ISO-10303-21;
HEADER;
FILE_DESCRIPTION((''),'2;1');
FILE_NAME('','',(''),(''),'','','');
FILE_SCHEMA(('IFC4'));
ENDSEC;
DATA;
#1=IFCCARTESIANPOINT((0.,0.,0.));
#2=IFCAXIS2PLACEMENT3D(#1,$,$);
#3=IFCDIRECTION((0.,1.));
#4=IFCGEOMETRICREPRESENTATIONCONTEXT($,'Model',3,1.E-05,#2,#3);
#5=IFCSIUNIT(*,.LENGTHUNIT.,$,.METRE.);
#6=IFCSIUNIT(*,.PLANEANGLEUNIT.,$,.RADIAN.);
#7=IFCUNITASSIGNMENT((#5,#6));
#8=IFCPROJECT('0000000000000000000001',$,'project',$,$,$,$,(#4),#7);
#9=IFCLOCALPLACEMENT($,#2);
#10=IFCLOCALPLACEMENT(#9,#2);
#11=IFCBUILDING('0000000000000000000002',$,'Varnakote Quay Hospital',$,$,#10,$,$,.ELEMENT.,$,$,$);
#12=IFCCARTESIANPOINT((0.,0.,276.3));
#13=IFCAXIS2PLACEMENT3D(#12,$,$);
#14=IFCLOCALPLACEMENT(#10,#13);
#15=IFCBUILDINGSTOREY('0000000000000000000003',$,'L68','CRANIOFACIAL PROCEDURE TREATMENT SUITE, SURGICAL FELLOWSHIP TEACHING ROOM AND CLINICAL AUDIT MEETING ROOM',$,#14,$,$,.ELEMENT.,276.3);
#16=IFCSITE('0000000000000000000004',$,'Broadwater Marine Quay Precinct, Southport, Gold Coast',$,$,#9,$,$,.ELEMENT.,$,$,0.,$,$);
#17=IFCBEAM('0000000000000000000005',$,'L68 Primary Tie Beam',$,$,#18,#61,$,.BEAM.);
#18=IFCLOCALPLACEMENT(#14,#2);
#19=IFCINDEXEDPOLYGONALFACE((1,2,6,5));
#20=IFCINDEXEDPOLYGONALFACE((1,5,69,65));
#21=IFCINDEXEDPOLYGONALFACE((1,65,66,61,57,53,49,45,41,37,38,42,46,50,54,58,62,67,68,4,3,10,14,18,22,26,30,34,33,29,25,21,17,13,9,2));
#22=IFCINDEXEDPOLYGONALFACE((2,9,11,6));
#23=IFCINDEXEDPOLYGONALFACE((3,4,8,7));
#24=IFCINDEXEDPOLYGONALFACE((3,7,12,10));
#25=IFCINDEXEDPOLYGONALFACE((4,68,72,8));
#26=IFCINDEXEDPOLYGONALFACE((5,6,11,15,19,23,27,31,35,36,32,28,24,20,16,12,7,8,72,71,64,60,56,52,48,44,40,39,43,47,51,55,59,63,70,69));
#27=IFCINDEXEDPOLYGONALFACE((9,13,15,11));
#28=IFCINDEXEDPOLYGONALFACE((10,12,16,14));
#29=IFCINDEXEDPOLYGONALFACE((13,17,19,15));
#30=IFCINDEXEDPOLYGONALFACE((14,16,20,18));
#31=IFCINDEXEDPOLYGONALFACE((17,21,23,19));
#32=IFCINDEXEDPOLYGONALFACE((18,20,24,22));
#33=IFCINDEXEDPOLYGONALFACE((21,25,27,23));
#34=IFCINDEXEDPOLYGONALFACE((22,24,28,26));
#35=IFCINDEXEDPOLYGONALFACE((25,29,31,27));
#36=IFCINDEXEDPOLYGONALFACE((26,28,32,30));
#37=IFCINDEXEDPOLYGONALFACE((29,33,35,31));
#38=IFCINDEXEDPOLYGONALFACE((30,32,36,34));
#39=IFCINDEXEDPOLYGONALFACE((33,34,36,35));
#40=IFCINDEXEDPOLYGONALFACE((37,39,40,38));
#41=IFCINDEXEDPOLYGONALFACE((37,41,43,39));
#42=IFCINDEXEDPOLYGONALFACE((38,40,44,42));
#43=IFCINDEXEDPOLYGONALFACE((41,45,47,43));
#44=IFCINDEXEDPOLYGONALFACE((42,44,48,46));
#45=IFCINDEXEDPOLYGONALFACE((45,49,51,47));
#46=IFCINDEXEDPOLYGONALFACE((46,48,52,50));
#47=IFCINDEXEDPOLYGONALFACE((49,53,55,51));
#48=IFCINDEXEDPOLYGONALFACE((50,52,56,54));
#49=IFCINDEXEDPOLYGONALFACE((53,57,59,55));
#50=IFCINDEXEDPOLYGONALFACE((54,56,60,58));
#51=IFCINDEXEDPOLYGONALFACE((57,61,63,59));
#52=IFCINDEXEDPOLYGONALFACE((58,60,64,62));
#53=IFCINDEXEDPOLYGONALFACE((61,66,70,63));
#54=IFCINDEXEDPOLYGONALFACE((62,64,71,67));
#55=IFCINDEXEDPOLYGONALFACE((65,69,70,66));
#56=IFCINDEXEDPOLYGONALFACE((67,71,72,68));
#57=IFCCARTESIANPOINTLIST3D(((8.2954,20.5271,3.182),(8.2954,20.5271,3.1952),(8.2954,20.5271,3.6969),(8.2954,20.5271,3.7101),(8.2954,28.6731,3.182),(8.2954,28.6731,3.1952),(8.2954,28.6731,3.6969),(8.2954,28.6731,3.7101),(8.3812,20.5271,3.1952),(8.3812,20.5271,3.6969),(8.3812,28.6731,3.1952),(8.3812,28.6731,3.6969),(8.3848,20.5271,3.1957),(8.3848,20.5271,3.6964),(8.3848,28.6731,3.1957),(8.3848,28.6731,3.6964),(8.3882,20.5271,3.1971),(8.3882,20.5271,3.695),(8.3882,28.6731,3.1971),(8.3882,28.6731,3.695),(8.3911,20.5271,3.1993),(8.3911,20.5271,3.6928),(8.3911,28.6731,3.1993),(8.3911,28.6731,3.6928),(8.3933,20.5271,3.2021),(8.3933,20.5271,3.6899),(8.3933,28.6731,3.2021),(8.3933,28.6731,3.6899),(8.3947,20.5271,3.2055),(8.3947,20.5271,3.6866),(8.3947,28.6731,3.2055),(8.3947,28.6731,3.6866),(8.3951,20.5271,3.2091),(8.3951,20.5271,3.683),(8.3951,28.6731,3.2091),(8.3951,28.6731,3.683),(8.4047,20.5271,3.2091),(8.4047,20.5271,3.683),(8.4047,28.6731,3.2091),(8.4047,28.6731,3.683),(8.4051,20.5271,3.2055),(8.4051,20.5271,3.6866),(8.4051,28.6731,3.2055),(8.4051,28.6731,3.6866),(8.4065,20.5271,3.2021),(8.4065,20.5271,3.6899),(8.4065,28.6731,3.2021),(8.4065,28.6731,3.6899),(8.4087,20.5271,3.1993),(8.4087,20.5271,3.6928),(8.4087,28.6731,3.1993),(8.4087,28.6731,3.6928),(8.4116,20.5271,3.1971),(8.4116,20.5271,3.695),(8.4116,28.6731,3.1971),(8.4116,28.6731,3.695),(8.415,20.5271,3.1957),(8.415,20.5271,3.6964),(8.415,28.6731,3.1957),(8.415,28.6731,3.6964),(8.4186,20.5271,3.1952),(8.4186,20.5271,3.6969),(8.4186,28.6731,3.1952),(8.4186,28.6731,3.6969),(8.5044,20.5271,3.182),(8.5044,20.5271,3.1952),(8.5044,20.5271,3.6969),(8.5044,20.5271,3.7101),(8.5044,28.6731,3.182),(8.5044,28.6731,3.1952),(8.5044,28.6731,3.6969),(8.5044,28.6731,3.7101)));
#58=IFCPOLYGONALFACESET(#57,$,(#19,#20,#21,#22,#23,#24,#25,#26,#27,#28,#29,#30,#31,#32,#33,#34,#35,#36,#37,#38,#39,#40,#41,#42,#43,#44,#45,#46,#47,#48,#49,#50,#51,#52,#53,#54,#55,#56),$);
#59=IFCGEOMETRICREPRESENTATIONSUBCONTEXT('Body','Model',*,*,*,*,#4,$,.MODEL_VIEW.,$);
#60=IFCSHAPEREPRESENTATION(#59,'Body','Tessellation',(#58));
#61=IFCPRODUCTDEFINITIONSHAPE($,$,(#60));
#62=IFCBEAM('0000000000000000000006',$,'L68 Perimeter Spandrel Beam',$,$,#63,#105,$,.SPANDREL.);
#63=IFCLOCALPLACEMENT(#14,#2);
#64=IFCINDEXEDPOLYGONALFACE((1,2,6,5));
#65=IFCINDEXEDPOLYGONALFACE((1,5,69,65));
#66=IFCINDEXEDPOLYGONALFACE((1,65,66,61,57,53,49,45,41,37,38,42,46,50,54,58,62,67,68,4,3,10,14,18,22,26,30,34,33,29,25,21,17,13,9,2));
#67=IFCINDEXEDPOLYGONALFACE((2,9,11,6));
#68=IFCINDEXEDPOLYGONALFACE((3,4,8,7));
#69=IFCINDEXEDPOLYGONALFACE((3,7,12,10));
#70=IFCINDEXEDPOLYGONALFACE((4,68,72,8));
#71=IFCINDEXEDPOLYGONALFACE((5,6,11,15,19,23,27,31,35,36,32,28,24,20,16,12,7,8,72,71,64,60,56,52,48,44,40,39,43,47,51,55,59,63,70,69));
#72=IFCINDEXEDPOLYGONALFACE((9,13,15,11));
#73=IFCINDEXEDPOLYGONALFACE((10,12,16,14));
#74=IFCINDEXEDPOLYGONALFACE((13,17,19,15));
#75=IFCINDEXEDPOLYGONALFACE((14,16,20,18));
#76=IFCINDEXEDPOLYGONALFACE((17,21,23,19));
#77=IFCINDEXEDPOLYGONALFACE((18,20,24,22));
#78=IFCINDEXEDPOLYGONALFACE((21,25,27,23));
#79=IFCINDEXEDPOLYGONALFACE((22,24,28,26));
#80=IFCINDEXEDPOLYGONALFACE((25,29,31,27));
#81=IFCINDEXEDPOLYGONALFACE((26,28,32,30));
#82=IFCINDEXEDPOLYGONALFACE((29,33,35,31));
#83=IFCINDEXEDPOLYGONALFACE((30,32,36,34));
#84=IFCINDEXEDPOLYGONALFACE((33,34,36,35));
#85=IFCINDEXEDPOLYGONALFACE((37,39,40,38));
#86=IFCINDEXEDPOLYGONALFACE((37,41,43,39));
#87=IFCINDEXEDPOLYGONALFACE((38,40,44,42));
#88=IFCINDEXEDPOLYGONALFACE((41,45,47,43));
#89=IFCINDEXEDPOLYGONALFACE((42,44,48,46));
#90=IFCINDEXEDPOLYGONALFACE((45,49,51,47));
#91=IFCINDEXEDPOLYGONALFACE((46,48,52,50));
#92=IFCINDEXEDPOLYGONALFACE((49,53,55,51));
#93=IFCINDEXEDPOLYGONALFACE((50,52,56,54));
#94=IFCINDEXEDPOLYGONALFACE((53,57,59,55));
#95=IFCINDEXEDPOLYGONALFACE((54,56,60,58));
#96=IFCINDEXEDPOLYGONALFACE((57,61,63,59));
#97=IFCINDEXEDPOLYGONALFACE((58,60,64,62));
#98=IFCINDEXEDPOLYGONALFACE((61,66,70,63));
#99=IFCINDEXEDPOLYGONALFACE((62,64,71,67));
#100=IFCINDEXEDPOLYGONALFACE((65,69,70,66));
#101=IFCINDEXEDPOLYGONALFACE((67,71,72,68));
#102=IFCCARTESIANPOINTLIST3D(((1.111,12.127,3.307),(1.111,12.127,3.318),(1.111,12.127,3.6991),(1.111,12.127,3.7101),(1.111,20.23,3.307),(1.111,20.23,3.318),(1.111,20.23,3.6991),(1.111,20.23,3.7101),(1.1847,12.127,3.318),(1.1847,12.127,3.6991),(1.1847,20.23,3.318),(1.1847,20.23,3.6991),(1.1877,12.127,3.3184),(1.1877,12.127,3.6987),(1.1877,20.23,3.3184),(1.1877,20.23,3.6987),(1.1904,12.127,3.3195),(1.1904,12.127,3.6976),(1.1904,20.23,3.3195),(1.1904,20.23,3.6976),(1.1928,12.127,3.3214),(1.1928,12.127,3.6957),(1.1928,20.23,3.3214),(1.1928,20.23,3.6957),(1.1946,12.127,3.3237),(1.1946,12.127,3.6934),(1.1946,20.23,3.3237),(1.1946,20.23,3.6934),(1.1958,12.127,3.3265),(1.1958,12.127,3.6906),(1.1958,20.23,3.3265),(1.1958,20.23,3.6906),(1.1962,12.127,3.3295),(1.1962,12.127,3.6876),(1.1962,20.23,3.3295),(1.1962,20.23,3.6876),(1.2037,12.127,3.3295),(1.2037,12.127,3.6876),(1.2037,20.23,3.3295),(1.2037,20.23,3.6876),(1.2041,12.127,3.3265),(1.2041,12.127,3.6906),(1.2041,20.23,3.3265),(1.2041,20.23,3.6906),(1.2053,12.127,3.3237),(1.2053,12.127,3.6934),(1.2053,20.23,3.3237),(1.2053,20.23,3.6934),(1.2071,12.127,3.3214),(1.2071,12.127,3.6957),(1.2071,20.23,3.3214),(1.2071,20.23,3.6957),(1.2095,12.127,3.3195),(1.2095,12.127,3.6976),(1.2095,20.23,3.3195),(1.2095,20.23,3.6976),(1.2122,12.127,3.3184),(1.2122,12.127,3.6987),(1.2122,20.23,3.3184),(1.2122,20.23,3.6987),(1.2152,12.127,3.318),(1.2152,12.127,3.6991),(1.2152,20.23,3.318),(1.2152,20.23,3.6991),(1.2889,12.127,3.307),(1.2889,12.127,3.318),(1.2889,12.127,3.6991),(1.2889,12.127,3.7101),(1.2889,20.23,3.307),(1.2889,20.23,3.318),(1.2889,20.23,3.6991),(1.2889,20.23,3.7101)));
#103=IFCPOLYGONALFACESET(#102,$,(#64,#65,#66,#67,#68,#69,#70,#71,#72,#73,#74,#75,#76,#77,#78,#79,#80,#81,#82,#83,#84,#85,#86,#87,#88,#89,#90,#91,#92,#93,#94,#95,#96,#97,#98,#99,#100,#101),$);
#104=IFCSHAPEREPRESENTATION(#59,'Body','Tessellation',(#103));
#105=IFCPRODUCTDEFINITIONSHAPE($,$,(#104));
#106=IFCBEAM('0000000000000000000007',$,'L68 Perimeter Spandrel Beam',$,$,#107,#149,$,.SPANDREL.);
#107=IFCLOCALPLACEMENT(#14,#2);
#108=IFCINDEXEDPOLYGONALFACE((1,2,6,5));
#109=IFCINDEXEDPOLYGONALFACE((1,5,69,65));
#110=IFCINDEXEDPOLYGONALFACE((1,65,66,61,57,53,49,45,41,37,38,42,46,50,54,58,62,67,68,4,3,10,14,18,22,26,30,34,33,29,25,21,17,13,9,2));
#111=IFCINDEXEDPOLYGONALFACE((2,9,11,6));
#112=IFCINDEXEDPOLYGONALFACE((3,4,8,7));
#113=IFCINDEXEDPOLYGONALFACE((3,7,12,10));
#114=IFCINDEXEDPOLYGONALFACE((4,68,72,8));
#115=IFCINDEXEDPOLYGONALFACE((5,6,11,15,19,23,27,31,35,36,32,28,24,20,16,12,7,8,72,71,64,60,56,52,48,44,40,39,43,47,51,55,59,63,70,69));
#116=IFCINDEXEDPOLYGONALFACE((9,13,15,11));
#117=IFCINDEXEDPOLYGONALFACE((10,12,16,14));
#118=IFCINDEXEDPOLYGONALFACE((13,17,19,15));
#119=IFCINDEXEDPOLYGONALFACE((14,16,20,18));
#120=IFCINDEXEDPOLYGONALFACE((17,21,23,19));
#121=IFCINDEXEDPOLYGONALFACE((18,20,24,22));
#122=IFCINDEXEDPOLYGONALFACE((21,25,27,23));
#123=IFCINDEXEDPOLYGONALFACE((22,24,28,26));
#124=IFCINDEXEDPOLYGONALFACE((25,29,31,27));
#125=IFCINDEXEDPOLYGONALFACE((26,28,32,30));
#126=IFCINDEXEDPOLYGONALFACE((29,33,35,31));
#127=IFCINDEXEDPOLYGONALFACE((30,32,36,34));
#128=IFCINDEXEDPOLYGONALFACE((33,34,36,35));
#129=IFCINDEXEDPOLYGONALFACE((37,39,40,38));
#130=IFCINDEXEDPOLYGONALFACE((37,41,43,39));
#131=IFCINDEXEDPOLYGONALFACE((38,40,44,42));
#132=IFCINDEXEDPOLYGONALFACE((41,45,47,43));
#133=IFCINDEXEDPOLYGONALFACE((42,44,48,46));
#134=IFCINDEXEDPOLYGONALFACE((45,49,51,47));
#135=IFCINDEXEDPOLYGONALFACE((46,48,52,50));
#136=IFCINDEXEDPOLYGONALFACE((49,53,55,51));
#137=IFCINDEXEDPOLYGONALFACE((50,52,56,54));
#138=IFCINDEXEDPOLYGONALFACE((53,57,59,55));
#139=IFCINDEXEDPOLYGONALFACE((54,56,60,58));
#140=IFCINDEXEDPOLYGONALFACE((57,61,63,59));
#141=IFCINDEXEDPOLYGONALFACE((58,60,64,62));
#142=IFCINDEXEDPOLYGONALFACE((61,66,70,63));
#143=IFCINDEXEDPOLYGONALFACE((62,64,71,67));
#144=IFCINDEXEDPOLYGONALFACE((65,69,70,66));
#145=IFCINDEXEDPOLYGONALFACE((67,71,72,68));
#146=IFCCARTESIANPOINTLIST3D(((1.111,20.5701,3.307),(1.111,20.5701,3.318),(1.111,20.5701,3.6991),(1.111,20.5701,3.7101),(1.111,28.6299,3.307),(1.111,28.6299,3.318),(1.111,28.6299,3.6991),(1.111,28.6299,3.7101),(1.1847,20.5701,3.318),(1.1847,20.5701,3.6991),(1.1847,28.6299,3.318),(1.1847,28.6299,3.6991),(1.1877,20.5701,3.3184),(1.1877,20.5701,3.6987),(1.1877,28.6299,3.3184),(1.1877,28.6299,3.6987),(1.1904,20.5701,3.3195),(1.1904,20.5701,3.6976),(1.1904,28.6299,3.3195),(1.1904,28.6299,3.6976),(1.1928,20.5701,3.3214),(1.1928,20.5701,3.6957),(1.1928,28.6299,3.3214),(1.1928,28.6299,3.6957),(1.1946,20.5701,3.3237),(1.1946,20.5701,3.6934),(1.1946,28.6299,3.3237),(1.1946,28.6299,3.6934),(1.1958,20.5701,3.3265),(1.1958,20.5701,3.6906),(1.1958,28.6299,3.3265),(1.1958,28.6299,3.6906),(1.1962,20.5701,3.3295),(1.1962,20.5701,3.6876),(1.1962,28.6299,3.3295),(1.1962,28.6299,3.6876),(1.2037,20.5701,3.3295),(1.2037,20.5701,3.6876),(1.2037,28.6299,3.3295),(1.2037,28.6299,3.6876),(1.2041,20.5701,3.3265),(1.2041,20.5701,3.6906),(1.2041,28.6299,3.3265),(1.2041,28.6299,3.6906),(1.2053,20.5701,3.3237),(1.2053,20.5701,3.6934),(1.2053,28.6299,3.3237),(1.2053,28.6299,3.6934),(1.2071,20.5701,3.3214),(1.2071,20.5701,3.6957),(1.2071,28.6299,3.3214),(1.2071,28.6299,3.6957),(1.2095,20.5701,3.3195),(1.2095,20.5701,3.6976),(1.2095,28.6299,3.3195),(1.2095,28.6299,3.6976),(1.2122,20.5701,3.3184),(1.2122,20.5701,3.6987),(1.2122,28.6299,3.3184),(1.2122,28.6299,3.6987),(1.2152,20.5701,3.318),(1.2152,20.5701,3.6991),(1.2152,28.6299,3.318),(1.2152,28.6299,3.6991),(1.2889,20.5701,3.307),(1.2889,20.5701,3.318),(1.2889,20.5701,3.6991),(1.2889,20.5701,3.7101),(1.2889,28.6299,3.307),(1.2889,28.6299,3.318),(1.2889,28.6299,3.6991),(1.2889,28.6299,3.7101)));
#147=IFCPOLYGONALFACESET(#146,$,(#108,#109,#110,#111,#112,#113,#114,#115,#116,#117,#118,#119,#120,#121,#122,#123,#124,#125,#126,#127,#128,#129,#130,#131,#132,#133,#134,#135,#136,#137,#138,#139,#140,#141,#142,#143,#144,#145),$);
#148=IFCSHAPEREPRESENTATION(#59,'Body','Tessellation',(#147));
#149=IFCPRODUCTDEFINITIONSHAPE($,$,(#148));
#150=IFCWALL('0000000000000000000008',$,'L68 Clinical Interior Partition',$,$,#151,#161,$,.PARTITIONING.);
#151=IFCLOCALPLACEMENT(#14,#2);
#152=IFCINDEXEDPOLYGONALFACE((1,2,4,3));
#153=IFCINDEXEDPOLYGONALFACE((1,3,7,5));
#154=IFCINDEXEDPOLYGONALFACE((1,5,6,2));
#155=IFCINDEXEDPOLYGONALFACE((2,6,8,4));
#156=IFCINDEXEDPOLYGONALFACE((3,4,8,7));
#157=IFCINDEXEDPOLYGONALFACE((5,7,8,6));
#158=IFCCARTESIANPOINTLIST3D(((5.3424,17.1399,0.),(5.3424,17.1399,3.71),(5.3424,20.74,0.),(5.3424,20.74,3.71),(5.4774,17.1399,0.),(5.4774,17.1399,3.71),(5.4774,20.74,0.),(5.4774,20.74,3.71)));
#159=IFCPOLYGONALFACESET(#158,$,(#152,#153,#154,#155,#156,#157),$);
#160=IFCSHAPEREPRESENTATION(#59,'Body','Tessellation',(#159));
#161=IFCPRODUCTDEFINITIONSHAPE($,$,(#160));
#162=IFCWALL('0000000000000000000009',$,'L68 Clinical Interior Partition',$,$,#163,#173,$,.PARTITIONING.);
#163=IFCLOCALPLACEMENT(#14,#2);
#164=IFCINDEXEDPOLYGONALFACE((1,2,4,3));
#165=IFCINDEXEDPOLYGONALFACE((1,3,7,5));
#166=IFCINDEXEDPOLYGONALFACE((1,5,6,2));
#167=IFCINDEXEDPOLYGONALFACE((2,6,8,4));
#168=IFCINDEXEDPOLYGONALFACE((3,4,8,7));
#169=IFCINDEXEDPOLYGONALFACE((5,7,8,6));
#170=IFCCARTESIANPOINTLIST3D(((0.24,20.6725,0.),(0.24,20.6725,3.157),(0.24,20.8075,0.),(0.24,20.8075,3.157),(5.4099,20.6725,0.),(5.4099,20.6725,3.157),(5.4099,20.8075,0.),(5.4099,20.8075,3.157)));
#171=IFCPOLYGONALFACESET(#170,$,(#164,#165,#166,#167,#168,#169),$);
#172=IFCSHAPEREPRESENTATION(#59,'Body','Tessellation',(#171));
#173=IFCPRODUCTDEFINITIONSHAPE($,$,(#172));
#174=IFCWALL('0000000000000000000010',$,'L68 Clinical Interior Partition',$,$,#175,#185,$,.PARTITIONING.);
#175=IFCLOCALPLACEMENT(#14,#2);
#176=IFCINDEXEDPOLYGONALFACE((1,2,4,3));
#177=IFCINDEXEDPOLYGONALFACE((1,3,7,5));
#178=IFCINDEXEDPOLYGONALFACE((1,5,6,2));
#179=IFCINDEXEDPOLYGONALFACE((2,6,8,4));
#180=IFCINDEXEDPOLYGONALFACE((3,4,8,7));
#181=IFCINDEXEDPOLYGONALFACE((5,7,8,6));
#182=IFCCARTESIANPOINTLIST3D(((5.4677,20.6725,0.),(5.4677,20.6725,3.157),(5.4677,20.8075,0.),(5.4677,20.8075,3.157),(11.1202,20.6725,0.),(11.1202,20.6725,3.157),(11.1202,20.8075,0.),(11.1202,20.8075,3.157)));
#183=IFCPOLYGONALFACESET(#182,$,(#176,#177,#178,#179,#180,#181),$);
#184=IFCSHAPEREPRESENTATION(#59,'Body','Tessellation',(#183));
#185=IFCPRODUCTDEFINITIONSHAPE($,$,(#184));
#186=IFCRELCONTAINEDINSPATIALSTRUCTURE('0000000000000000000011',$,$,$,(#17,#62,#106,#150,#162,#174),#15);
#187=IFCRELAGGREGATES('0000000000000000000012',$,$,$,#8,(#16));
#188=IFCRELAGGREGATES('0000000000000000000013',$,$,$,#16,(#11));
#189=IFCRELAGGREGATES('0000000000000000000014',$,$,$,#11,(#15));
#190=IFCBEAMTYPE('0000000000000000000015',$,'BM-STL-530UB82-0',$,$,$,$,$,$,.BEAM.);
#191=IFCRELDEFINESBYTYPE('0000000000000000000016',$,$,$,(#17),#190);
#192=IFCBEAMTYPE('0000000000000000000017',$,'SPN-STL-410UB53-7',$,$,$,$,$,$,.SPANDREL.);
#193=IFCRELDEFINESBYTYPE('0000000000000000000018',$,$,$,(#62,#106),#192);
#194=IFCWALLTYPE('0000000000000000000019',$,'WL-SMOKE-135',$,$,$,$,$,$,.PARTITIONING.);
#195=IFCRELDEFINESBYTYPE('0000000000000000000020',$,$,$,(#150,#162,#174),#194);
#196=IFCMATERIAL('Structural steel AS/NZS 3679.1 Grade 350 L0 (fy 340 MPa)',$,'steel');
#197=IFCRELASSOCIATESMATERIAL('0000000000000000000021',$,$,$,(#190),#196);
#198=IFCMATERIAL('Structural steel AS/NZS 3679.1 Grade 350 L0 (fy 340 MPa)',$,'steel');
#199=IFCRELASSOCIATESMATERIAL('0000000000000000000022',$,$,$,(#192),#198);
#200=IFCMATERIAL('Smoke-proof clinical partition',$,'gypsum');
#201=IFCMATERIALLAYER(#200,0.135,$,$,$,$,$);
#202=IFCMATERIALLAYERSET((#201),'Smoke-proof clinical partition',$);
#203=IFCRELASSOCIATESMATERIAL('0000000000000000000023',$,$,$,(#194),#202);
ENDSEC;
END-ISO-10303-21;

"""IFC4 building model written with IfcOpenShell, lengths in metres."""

from ifc_helpers import new_model, si_unit, direction, frame, frame_2d, origin, origin_2d, place, context, subcontext, project, spatial, rectangle, i_section, extrude, material, layer, layer_set, material_profile, profile_set, type_object, element, save


model = new_model("IFC4")

# Units and contexts
model_context = context("Model", 3, precision=1e-05, world=origin(), true_north=direction((0.0, 1.0)))
body_context = subcontext(model_context, "Body", "Model", "MODEL_VIEW")
ifc_project = project(units=[si_unit("LENGTHUNIT", "METRE"), si_unit("PLANEANGLEUNIT", "RADIAN")], contexts=[model_context])

# Site, building, storey
site_placement = place(None, origin())
site = spatial("IfcSite", under=ifc_project, at=site_placement, Name="Broadwater Marine Quay Precinct, Southport, Gold Coast", CompositionType="ELEMENT", RefElevation=0.0)
building_placement = place(site_placement, origin())
building = spatial("IfcBuilding", under=site, at=building_placement, Name="Varnakote Quay Hospital", CompositionType="ELEMENT")
storey_placement = place(building_placement, frame((0.0, 0.0, 276.3)))
storey = spatial("IfcBuildingStorey", under=building, at=storey_placement, Name="L68", Description="CRANIOFACIAL PROCEDURE TREATMENT SUITE, SURGICAL FELLOWSHIP TEACHING ROOM AND CLINICAL AUDIT MEETING ROOM", CompositionType="ELEMENT", Elevation=276.3)

# Beams
ifc_material_1 = material(Name="Structural steel AS/NZS 3679.1 Grade 350 L0 (fy 340 MPa)", Category="steel")
ifc_material_profile_1 = material_profile(ifc_material_1, i_section(OverallWidth=0.209, OverallDepth=0.5281, WebThickness=0.0095, FlangeThickness=0.0132, FilletRadius=0.0139, at=origin_2d()), Name="530UB82.0")
ifc_profile_set_1 = profile_set([ifc_material_profile_1], Name="Structural steel AS/NZS 3679.1 Grade 350 L0 (fy 340 MPa)")
beam_type_1 = type_object("IfcBeamType", Name="BM-STL-530UB82-0", PredefinedType="BEAM", material=ifc_profile_set_1)
beam_1_placement = place(storey_placement, frame((8.3999, 20.5271, 3.446), z_axis=(0.0, 1.0, 0.0), x_axis=(-1.0, 0.0, 0.0)))
element("IfcBeam", 1, at=beam_1_placement, inside=storey, type_object=beam_type_1, Name="L68 Primary Tie Beam", PredefinedType="BEAM", context=body_context, shape_type="SweptSolid", body=[
    extrude(i_section(OverallWidth=0.209, OverallDepth=0.5281, WebThickness=0.0095, FlangeThickness=0.0132, FilletRadius=0.0139, at=origin_2d()), origin(), (0.0, 0.0, 1.0), 8.146),
])
ifc_material_2 = material(Name="Structural steel AS/NZS 3679.1 Grade 350 L0 (fy 340 MPa)", Category="steel")
ifc_material_profile_2 = material_profile(ifc_material_2, i_section(OverallWidth=0.178, OverallDepth=0.4031, WebThickness=0.0076, FlangeThickness=0.011, FilletRadius=0.0115, at=origin_2d()), Name="410UB53.7")
ifc_profile_set_2 = profile_set([ifc_material_profile_2], Name="Structural steel AS/NZS 3679.1 Grade 350 L0 (fy 340 MPa)")
beam_type_2 = type_object("IfcBeamType", Name="SPN-STL-410UB53-7", PredefinedType="SPANDREL", material=ifc_profile_set_2)
beam_2_placement = place(storey_placement, frame((1.2, 12.127, 3.5085), z_axis=(0.0, 1.0, 0.0), x_axis=(-1.0, 0.0, 0.0)))
element("IfcBeam", 2, at=beam_2_placement, inside=storey, type_object=beam_type_2, Name="L68 Perimeter Spandrel Beam", PredefinedType="SPANDREL", context=body_context, shape_type="SweptSolid", body=[
    extrude(i_section(OverallWidth=0.178, OverallDepth=0.4031, WebThickness=0.0076, FlangeThickness=0.011, FilletRadius=0.0115, at=origin_2d()), origin(), (0.0, 0.0, 1.0), 8.103),
])
beam_3_placement = place(storey_placement, frame((1.2, 20.5701, 3.5085), z_axis=(0.0, 1.0, 0.0), x_axis=(-1.0, 0.0, 0.0)))
element("IfcBeam", 3, at=beam_3_placement, inside=storey, type_object=beam_type_2, Name="L68 Perimeter Spandrel Beam", PredefinedType="SPANDREL", context=body_context, shape_type="SweptSolid", body=[
    extrude(i_section(OverallWidth=0.178, OverallDepth=0.4031, WebThickness=0.0076, FlangeThickness=0.011, FilletRadius=0.0115, at=origin_2d()), origin(), (0.0, 0.0, 1.0), 8.0598),
])

# Walls
ifc_material_3 = material(Name="Smoke-proof clinical partition", Category="gypsum")
ifc_layer_1 = layer(ifc_material_3, 0.135)
ifc_layer_set_1 = layer_set([ifc_layer_1], Name="Smoke-proof clinical partition")
wall_type_1 = type_object("IfcWallType", Name="WL-SMOKE-135", PredefinedType="PARTITIONING", material=ifc_layer_set_1)
wall_1_placement = place(storey_placement, frame((5.4099, 17.1399, 0.0), z_axis=(0.0, 0.0, 1.0), x_axis=(0.0, 1.0, 0.0)))
element("IfcWall", 4, at=wall_1_placement, inside=storey, type_object=wall_type_1, Name="L68 Clinical Interior Partition", PredefinedType="PARTITIONING", context=body_context, shape_type="SweptSolid", body=[
    extrude(rectangle(XDim=3.6001, YDim=0.135, at=frame_2d((1.8, 0.0))), origin(), (0.0, 0.0, 1.0), 3.71),
])
wall_2_placement = place(storey_placement, frame((5.4099, 20.74, 0.0), z_axis=(0.0, 0.0, 1.0), x_axis=(-1.0, 0.0, 0.0)))
element("IfcWall", 5, at=wall_2_placement, inside=storey, type_object=wall_type_1, Name="L68 Clinical Interior Partition", PredefinedType="PARTITIONING", context=body_context, shape_type="SweptSolid", body=[
    extrude(rectangle(XDim=5.1699, YDim=0.135, at=frame_2d((2.585, 0.0))), origin(), (0.0, 0.0, 1.0), 3.157),
])
wall_3_placement = place(storey_placement, frame((11.1201, 20.74, 0.0), z_axis=(0.0, 0.0, 1.0), x_axis=(-1.0, 0.0, 0.0)))
element("IfcWall", 6, at=wall_3_placement, inside=storey, type_object=wall_type_1, Name="L68 Clinical Interior Partition", PredefinedType="PARTITIONING", context=body_context, shape_type="SweptSolid", body=[
    extrude(rectangle(XDim=5.6526, YDim=0.135, at=frame_2d((2.8262, 0.0))), origin(), (0.0, 0.0, 1.0), 3.157),
])

save(model, "model.ifc")
